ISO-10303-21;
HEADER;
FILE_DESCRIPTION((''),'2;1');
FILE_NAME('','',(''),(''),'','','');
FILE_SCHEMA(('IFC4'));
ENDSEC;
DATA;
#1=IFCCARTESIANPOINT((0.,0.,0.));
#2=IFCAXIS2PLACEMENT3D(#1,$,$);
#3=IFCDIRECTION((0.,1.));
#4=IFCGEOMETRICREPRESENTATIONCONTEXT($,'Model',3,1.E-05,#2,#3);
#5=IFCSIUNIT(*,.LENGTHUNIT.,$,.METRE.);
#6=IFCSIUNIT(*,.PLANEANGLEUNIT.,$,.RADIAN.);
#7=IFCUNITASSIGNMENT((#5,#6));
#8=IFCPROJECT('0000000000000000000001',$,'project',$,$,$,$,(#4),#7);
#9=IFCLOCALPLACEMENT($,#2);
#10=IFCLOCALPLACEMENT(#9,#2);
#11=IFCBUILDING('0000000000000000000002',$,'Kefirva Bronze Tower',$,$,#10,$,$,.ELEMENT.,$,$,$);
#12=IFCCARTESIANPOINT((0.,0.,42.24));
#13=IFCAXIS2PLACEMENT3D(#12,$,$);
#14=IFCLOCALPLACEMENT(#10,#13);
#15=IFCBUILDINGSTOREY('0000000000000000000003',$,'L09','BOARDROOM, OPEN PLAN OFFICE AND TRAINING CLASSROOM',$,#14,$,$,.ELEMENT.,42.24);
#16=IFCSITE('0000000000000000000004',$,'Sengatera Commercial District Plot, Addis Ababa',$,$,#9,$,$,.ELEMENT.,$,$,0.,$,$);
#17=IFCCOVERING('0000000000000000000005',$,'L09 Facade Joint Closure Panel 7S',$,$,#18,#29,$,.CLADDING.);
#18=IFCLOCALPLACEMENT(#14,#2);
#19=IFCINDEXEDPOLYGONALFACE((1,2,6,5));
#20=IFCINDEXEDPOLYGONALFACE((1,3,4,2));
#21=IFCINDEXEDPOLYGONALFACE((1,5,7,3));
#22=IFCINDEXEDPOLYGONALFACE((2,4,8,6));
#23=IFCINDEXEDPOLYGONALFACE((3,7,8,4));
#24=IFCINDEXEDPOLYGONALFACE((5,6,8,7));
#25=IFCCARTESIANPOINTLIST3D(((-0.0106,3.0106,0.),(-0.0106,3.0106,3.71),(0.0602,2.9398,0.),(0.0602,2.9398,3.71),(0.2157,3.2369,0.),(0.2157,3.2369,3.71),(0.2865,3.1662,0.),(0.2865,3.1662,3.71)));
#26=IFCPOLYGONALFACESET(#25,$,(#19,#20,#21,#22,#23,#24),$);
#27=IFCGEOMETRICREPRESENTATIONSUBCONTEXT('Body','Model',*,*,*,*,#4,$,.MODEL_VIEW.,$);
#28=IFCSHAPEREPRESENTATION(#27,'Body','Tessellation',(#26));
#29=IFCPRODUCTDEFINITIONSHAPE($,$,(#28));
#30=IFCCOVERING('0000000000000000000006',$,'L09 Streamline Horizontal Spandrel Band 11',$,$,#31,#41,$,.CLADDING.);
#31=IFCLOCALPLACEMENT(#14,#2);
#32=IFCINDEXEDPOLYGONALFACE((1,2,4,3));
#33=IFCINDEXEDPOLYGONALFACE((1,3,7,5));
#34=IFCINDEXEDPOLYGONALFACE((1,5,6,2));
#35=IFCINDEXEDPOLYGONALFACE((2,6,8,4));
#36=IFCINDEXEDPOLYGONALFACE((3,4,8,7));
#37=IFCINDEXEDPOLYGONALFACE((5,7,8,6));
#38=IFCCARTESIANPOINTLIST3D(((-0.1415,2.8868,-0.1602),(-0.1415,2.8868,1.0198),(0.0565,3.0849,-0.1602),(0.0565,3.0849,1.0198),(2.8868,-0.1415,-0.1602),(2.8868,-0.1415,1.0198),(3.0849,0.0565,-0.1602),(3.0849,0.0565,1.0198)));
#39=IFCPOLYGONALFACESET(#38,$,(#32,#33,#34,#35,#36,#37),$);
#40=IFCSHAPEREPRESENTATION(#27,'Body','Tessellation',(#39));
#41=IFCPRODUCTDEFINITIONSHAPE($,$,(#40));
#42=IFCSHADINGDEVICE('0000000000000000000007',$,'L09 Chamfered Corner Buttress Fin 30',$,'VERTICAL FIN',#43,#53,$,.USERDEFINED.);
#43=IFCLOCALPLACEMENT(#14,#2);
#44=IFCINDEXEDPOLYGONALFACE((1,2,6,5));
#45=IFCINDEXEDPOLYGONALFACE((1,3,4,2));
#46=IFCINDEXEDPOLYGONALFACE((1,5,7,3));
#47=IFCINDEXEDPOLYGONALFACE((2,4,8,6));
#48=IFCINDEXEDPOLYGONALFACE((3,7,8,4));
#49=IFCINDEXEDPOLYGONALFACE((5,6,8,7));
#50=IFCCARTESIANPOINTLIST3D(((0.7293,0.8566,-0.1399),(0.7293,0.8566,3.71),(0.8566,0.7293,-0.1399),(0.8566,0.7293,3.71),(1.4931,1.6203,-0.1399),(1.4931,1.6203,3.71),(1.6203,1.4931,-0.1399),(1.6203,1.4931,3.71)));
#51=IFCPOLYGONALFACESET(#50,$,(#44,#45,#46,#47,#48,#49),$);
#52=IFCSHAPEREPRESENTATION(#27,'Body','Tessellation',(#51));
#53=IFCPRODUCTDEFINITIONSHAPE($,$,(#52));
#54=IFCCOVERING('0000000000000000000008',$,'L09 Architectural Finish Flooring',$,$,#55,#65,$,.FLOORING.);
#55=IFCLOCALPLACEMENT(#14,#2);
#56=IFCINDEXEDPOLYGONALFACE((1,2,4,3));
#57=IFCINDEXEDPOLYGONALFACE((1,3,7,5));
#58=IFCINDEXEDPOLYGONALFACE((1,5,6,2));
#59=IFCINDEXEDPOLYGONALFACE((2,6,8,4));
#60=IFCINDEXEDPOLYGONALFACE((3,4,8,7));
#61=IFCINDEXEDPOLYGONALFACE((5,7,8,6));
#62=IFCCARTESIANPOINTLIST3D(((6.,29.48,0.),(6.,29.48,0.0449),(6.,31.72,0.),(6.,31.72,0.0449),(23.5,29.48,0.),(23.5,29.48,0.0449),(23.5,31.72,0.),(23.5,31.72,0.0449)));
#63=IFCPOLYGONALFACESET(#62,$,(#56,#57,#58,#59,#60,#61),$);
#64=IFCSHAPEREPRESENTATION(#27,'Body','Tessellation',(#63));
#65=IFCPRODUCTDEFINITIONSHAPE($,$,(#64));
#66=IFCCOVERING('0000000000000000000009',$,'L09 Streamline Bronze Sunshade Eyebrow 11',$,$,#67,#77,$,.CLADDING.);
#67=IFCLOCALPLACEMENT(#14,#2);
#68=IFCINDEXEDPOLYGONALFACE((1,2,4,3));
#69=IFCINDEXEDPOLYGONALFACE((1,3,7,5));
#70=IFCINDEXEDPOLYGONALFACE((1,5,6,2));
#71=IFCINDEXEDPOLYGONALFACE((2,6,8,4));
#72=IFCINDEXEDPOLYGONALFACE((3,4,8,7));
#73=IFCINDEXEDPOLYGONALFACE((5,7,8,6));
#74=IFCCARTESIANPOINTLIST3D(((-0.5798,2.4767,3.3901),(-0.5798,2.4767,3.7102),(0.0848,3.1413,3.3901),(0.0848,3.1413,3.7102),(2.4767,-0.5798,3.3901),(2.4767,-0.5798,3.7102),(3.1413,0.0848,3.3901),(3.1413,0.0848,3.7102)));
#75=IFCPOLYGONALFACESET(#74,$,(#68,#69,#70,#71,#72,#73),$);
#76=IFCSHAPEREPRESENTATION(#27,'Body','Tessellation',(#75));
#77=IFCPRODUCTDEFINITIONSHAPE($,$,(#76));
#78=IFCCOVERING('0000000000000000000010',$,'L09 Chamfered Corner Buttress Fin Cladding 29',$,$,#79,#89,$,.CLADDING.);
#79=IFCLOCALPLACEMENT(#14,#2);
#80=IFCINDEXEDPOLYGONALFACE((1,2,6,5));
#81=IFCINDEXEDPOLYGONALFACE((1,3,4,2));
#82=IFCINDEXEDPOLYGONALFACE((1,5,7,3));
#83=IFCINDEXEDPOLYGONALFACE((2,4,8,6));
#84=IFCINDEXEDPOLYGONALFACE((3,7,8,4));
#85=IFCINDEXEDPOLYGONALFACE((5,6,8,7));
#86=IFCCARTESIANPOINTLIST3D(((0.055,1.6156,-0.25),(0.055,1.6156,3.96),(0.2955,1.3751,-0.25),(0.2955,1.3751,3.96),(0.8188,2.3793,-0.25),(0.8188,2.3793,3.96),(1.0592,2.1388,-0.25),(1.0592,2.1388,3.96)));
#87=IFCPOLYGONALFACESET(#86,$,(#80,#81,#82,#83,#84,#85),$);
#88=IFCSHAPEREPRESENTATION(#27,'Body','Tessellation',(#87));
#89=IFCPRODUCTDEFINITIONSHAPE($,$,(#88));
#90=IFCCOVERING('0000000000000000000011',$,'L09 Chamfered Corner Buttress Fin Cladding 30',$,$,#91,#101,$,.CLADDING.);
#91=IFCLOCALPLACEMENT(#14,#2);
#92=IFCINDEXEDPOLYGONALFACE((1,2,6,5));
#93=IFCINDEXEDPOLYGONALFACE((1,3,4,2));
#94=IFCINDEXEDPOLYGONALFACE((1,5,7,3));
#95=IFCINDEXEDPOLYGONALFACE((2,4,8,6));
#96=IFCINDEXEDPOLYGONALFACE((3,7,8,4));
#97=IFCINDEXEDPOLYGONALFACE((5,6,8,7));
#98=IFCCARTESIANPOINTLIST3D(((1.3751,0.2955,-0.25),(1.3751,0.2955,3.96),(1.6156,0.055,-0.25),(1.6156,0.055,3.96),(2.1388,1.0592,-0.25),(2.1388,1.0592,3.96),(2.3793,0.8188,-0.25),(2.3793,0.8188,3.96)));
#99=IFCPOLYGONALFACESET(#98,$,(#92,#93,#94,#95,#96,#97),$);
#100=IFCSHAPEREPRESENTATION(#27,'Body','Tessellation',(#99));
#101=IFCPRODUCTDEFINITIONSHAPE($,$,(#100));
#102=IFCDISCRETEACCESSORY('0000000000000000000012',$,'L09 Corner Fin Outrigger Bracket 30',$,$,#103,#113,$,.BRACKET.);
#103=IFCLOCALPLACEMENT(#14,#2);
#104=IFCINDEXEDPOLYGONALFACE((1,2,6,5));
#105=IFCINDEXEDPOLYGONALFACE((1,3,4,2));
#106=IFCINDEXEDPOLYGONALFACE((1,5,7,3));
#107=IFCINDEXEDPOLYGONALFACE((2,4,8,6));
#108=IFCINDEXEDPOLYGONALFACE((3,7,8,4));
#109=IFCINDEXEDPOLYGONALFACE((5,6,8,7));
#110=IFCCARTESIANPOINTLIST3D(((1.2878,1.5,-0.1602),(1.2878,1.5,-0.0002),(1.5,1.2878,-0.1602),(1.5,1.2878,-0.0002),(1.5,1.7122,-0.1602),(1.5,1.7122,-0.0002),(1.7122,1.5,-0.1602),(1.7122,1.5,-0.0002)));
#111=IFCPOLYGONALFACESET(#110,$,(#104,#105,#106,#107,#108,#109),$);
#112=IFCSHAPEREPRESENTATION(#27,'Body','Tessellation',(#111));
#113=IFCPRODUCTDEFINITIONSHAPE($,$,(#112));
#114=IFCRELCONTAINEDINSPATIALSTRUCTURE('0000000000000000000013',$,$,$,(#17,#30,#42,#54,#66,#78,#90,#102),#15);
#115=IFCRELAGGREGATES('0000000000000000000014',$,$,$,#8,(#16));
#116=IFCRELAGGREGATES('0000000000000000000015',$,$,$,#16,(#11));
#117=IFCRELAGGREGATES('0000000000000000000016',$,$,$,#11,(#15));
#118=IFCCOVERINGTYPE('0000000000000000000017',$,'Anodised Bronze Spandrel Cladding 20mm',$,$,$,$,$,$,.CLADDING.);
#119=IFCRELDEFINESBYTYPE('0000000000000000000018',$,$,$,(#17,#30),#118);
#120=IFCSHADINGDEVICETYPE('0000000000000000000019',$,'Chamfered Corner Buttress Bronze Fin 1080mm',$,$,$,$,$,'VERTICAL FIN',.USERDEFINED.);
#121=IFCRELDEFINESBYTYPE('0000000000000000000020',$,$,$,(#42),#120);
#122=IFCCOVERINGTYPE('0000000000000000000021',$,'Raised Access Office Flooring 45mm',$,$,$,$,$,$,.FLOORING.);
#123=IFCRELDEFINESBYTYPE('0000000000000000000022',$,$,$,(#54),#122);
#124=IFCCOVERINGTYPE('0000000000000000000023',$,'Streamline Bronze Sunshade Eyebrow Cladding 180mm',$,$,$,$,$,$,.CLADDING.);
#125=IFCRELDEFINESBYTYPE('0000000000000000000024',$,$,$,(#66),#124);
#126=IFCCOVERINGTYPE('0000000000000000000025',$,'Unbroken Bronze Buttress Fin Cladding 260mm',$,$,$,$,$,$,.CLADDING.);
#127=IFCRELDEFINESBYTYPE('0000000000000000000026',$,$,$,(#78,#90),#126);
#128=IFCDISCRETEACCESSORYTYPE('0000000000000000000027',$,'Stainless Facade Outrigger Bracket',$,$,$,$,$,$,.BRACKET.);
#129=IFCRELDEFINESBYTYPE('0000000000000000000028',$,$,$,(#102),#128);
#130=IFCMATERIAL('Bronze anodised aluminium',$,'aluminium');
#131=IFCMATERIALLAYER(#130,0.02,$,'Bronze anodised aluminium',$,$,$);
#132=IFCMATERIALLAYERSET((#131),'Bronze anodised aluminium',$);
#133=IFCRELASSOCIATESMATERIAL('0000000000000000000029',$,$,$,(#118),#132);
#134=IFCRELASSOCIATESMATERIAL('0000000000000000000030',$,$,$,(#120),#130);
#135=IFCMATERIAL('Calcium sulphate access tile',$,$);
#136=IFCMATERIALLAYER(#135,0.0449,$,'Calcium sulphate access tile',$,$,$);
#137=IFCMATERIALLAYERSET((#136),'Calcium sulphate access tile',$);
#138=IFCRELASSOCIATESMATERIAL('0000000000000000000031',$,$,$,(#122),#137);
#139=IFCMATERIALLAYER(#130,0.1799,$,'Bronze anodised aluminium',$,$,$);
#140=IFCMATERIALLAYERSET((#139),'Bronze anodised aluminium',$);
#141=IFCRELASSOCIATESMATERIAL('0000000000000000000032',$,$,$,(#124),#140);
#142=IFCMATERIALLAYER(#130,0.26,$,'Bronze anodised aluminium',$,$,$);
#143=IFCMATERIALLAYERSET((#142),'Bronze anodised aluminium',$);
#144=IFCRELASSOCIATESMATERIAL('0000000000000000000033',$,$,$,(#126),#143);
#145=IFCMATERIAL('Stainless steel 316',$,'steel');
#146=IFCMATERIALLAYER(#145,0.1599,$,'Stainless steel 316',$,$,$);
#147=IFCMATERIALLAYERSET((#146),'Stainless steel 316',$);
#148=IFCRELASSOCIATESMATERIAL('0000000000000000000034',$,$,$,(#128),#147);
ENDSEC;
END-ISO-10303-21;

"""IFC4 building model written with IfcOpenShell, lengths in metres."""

from ifc_helpers import new_model, si_unit, direction, frame, origin, origin_2d, place, context, subcontext, project, spatial, polyline, rectangle, outline, extrude, material, layer, layer_set, material_profile, profile_set, type_object, element, save


model = new_model("IFC4")

# Units and contexts
model_context = context("Model", 3, precision=1e-05, world=origin(), true_north=direction((0.0, 1.0)))
body_context = subcontext(model_context, "Body", "Model", "MODEL_VIEW")
ifc_project = project(units=[si_unit("LENGTHUNIT", "METRE"), si_unit("PLANEANGLEUNIT", "RADIAN")], contexts=[model_context])

# Site, building, storey
site_placement = place(None, origin())
site = spatial("IfcSite", under=ifc_project, at=site_placement, Name="Sengatera Commercial District Plot, Addis Ababa", CompositionType="ELEMENT", RefElevation=0.0)
building_placement = place(site_placement, origin())
building = spatial("IfcBuilding", under=site, at=building_placement, Name="Kefirva Bronze Tower", CompositionType="ELEMENT")
storey_placement = place(building_placement, frame((0.0, 0.0, 42.24)))
storey = spatial("IfcBuildingStorey", under=building, at=storey_placement, Name="L09", Description="BOARDROOM, OPEN PLAN OFFICE AND TRAINING CLASSROOM", CompositionType="ELEMENT", Elevation=42.24)

# Shared definitions
ifc_material_1 = material(Name="Bronze anodised aluminium", Category="aluminium")

# Coverings
ifc_layer_1 = layer(ifc_material_1, 0.02, Name="Bronze anodised aluminium")
ifc_layer_set_1 = layer_set([ifc_layer_1], Name="Bronze anodised aluminium")
covering_type_1 = type_object("IfcCoveringType", Name="Anodised Bronze Spandrel Cladding 20mm", PredefinedType="CLADDING", material=ifc_layer_set_1)
covering_1_placement = place(storey_placement, frame((0.1379, 3.0884, 0.0), z_axis=(0.0, 0.0, 1.0), x_axis=(0.707107, -0.707107, 0.0)))
element("IfcCovering", 1, at=covering_1_placement, inside=storey, type_object=covering_type_1, Name="L09 Facade Joint Closure Panel 7S", PredefinedType="CLADDING", context=body_context, shape_type="SweptSolid", body=[
    extrude(rectangle(XDim=0.1001, YDim=0.3201, at=origin_2d()), origin(), (0.0, 0.0, 1.0), 3.71),
])
covering_2_placement = place(storey_placement, frame((1.4717, 1.4717, -0.1602), z_axis=(0.0, 0.0, 1.0), x_axis=(0.707107, -0.707107, 0.0)))
element("IfcCovering", 2, at=covering_2_placement, inside=storey, type_object=covering_type_1, Name="L09 Streamline Horizontal Spandrel Band 11", PredefinedType="CLADDING", context=body_context, shape_type="SweptSolid", body=[
    extrude(rectangle(XDim=4.2827, YDim=0.28, at=origin_2d()), origin(), (0.0, 0.0, 1.0), 1.1799),
])

# Shading device
ifc_material_profile_1 = material_profile(ifc_material_1, rectangle(XDim=0.1799, YDim=1.0801, at=origin_2d()), Name="BRONZE BUTTRESS FIN 180x1080")
ifc_profile_set_1 = profile_set([ifc_material_profile_1], Name="Bronze anodised aluminium")
shading_device_type = type_object("IfcShadingDeviceType", Name="Chamfered Corner Buttress Bronze Fin 1080mm", ElementType="VERTICAL FIN", PredefinedType="USERDEFINED", material=ifc_profile_set_1)
shading_device_placement = place(storey_placement, frame((1.1748, 1.1748, -0.1399), z_axis=(0.0, 0.0, 1.0), x_axis=(0.707107, -0.707107, 0.0)))
element("IfcShadingDevice", 3, at=shading_device_placement, inside=storey, type_object=shading_device_type, Name="L09 Chamfered Corner Buttress Fin 30", ObjectType="VERTICAL FIN", PredefinedType="USERDEFINED", context=body_context, shape_type="SweptSolid", body=[
    extrude(rectangle(XDim=0.1799, YDim=1.0801, at=origin_2d()), origin(), (0.0, 0.0, 1.0), 3.8499),
])

# Coverings
ifc_material_2 = material(Name="Calcium sulphate access tile")
ifc_layer_2 = layer(ifc_material_2, 0.0449, Name="Calcium sulphate access tile")
ifc_layer_set_2 = layer_set([ifc_layer_2], Name="Calcium sulphate access tile")
covering_type_2 = type_object("IfcCoveringType", Name="Raised Access Office Flooring 45mm", PredefinedType="FLOORING", material=ifc_layer_set_2)
covering_3_placement = place(storey_placement, origin())
element("IfcCovering", 4, at=covering_3_placement, inside=storey, type_object=covering_type_2, Name="L09 Architectural Finish Flooring", PredefinedType="FLOORING", context=body_context, shape_type="SweptSolid", body=[
    extrude(outline(polyline([(6.0, 29.48), (23.5, 29.48), (23.5, 31.72), (6.0, 31.72), (6.0, 29.48)])), origin(), (0.0, 0.0, 1.0), 0.0449),
])
ifc_layer_3 = layer(ifc_material_1, 0.1799, Name="Bronze anodised aluminium")
ifc_layer_set_3 = layer_set([ifc_layer_3], Name="Bronze anodised aluminium")
covering_type_3 = type_object("IfcCoveringType", Name="Streamline Bronze Sunshade Eyebrow Cladding 180mm", PredefinedType="CLADDING", material=ifc_layer_set_3)
covering_4_placement = place(storey_placement, frame((1.2808, 1.2808, 3.3901), z_axis=(0.0, 0.0, 1.0), x_axis=(0.707107, -0.707107, 0.0)))
element("IfcCovering", 5, at=covering_4_placement, inside=storey, type_object=covering_type_3, Name="L09 Streamline Bronze Sunshade Eyebrow 11", PredefinedType="CLADDING", context=body_context, shape_type="SweptSolid", body=[
    extrude(rectangle(XDim=4.3225, YDim=0.9399, at=origin_2d()), origin(), (0.0, 0.0, 1.0), 0.3201),
])
ifc_layer_4 = layer(ifc_material_1, 0.26, Name="Bronze anodised aluminium")
ifc_layer_set_4 = layer_set([ifc_layer_4], Name="Bronze anodised aluminium")
covering_type_4 = type_object("IfcCoveringType", Name="Unbroken Bronze Buttress Fin Cladding 260mm", PredefinedType="CLADDING", material=ifc_layer_set_4)
for number, where, z_axis, x_axis, name in (
    (6, (0.5571, 1.8772, -0.25), (0.0, 0.0, 1.0), (0.707107, -0.707107, 0.0), "L09 Chamfered Corner Buttress Fin Cladding 29"),
    (7, (1.8772, 0.5571, -0.25), (0.0, 0.0, 1.0), (0.707107, -0.707107, 0.0), "L09 Chamfered Corner Buttress Fin Cladding 30"),
):
    element("IfcCovering", number, at=place(storey_placement, frame(where, z_axis=z_axis, x_axis=x_axis)), inside=storey, type_object=covering_type_4, Name=name, PredefinedType="CLADDING", context=body_context, shape_type="SweptSolid", body=[
        extrude(rectangle(XDim=0.3401, YDim=1.0801, at=origin_2d()), origin(), (0.0, 0.0, 1.0), 4.21),
    ])

# Discrete accessory
ifc_material_3 = material(Name="Stainless steel 316", Category="steel")
ifc_layer_5 = layer(ifc_material_3, 0.1599, Name="Stainless steel 316")
ifc_layer_set_5 = layer_set([ifc_layer_5], Name="Stainless steel 316")
discrete_accessory_type = type_object("IfcDiscreteAccessoryType", Name="Stainless Facade Outrigger Bracket", PredefinedType="BRACKET", material=ifc_layer_set_5)
discrete_accessory_placement = place(storey_placement, frame((1.5, 1.5, -0.1602), z_axis=(0.0, 0.0, 1.0), x_axis=(0.707107, -0.707107, 0.0)))
element("IfcDiscreteAccessory", 8, at=discrete_accessory_placement, inside=storey, type_object=discrete_accessory_type, Name="L09 Corner Fin Outrigger Bracket 30", PredefinedType="BRACKET", context=body_context, shape_type="SweptSolid", body=[
    extrude(rectangle(XDim=0.3, YDim=0.3, at=origin_2d()), origin(), (0.0, 0.0, 1.0), 0.1599),
])

save(model, "model.ifc")
